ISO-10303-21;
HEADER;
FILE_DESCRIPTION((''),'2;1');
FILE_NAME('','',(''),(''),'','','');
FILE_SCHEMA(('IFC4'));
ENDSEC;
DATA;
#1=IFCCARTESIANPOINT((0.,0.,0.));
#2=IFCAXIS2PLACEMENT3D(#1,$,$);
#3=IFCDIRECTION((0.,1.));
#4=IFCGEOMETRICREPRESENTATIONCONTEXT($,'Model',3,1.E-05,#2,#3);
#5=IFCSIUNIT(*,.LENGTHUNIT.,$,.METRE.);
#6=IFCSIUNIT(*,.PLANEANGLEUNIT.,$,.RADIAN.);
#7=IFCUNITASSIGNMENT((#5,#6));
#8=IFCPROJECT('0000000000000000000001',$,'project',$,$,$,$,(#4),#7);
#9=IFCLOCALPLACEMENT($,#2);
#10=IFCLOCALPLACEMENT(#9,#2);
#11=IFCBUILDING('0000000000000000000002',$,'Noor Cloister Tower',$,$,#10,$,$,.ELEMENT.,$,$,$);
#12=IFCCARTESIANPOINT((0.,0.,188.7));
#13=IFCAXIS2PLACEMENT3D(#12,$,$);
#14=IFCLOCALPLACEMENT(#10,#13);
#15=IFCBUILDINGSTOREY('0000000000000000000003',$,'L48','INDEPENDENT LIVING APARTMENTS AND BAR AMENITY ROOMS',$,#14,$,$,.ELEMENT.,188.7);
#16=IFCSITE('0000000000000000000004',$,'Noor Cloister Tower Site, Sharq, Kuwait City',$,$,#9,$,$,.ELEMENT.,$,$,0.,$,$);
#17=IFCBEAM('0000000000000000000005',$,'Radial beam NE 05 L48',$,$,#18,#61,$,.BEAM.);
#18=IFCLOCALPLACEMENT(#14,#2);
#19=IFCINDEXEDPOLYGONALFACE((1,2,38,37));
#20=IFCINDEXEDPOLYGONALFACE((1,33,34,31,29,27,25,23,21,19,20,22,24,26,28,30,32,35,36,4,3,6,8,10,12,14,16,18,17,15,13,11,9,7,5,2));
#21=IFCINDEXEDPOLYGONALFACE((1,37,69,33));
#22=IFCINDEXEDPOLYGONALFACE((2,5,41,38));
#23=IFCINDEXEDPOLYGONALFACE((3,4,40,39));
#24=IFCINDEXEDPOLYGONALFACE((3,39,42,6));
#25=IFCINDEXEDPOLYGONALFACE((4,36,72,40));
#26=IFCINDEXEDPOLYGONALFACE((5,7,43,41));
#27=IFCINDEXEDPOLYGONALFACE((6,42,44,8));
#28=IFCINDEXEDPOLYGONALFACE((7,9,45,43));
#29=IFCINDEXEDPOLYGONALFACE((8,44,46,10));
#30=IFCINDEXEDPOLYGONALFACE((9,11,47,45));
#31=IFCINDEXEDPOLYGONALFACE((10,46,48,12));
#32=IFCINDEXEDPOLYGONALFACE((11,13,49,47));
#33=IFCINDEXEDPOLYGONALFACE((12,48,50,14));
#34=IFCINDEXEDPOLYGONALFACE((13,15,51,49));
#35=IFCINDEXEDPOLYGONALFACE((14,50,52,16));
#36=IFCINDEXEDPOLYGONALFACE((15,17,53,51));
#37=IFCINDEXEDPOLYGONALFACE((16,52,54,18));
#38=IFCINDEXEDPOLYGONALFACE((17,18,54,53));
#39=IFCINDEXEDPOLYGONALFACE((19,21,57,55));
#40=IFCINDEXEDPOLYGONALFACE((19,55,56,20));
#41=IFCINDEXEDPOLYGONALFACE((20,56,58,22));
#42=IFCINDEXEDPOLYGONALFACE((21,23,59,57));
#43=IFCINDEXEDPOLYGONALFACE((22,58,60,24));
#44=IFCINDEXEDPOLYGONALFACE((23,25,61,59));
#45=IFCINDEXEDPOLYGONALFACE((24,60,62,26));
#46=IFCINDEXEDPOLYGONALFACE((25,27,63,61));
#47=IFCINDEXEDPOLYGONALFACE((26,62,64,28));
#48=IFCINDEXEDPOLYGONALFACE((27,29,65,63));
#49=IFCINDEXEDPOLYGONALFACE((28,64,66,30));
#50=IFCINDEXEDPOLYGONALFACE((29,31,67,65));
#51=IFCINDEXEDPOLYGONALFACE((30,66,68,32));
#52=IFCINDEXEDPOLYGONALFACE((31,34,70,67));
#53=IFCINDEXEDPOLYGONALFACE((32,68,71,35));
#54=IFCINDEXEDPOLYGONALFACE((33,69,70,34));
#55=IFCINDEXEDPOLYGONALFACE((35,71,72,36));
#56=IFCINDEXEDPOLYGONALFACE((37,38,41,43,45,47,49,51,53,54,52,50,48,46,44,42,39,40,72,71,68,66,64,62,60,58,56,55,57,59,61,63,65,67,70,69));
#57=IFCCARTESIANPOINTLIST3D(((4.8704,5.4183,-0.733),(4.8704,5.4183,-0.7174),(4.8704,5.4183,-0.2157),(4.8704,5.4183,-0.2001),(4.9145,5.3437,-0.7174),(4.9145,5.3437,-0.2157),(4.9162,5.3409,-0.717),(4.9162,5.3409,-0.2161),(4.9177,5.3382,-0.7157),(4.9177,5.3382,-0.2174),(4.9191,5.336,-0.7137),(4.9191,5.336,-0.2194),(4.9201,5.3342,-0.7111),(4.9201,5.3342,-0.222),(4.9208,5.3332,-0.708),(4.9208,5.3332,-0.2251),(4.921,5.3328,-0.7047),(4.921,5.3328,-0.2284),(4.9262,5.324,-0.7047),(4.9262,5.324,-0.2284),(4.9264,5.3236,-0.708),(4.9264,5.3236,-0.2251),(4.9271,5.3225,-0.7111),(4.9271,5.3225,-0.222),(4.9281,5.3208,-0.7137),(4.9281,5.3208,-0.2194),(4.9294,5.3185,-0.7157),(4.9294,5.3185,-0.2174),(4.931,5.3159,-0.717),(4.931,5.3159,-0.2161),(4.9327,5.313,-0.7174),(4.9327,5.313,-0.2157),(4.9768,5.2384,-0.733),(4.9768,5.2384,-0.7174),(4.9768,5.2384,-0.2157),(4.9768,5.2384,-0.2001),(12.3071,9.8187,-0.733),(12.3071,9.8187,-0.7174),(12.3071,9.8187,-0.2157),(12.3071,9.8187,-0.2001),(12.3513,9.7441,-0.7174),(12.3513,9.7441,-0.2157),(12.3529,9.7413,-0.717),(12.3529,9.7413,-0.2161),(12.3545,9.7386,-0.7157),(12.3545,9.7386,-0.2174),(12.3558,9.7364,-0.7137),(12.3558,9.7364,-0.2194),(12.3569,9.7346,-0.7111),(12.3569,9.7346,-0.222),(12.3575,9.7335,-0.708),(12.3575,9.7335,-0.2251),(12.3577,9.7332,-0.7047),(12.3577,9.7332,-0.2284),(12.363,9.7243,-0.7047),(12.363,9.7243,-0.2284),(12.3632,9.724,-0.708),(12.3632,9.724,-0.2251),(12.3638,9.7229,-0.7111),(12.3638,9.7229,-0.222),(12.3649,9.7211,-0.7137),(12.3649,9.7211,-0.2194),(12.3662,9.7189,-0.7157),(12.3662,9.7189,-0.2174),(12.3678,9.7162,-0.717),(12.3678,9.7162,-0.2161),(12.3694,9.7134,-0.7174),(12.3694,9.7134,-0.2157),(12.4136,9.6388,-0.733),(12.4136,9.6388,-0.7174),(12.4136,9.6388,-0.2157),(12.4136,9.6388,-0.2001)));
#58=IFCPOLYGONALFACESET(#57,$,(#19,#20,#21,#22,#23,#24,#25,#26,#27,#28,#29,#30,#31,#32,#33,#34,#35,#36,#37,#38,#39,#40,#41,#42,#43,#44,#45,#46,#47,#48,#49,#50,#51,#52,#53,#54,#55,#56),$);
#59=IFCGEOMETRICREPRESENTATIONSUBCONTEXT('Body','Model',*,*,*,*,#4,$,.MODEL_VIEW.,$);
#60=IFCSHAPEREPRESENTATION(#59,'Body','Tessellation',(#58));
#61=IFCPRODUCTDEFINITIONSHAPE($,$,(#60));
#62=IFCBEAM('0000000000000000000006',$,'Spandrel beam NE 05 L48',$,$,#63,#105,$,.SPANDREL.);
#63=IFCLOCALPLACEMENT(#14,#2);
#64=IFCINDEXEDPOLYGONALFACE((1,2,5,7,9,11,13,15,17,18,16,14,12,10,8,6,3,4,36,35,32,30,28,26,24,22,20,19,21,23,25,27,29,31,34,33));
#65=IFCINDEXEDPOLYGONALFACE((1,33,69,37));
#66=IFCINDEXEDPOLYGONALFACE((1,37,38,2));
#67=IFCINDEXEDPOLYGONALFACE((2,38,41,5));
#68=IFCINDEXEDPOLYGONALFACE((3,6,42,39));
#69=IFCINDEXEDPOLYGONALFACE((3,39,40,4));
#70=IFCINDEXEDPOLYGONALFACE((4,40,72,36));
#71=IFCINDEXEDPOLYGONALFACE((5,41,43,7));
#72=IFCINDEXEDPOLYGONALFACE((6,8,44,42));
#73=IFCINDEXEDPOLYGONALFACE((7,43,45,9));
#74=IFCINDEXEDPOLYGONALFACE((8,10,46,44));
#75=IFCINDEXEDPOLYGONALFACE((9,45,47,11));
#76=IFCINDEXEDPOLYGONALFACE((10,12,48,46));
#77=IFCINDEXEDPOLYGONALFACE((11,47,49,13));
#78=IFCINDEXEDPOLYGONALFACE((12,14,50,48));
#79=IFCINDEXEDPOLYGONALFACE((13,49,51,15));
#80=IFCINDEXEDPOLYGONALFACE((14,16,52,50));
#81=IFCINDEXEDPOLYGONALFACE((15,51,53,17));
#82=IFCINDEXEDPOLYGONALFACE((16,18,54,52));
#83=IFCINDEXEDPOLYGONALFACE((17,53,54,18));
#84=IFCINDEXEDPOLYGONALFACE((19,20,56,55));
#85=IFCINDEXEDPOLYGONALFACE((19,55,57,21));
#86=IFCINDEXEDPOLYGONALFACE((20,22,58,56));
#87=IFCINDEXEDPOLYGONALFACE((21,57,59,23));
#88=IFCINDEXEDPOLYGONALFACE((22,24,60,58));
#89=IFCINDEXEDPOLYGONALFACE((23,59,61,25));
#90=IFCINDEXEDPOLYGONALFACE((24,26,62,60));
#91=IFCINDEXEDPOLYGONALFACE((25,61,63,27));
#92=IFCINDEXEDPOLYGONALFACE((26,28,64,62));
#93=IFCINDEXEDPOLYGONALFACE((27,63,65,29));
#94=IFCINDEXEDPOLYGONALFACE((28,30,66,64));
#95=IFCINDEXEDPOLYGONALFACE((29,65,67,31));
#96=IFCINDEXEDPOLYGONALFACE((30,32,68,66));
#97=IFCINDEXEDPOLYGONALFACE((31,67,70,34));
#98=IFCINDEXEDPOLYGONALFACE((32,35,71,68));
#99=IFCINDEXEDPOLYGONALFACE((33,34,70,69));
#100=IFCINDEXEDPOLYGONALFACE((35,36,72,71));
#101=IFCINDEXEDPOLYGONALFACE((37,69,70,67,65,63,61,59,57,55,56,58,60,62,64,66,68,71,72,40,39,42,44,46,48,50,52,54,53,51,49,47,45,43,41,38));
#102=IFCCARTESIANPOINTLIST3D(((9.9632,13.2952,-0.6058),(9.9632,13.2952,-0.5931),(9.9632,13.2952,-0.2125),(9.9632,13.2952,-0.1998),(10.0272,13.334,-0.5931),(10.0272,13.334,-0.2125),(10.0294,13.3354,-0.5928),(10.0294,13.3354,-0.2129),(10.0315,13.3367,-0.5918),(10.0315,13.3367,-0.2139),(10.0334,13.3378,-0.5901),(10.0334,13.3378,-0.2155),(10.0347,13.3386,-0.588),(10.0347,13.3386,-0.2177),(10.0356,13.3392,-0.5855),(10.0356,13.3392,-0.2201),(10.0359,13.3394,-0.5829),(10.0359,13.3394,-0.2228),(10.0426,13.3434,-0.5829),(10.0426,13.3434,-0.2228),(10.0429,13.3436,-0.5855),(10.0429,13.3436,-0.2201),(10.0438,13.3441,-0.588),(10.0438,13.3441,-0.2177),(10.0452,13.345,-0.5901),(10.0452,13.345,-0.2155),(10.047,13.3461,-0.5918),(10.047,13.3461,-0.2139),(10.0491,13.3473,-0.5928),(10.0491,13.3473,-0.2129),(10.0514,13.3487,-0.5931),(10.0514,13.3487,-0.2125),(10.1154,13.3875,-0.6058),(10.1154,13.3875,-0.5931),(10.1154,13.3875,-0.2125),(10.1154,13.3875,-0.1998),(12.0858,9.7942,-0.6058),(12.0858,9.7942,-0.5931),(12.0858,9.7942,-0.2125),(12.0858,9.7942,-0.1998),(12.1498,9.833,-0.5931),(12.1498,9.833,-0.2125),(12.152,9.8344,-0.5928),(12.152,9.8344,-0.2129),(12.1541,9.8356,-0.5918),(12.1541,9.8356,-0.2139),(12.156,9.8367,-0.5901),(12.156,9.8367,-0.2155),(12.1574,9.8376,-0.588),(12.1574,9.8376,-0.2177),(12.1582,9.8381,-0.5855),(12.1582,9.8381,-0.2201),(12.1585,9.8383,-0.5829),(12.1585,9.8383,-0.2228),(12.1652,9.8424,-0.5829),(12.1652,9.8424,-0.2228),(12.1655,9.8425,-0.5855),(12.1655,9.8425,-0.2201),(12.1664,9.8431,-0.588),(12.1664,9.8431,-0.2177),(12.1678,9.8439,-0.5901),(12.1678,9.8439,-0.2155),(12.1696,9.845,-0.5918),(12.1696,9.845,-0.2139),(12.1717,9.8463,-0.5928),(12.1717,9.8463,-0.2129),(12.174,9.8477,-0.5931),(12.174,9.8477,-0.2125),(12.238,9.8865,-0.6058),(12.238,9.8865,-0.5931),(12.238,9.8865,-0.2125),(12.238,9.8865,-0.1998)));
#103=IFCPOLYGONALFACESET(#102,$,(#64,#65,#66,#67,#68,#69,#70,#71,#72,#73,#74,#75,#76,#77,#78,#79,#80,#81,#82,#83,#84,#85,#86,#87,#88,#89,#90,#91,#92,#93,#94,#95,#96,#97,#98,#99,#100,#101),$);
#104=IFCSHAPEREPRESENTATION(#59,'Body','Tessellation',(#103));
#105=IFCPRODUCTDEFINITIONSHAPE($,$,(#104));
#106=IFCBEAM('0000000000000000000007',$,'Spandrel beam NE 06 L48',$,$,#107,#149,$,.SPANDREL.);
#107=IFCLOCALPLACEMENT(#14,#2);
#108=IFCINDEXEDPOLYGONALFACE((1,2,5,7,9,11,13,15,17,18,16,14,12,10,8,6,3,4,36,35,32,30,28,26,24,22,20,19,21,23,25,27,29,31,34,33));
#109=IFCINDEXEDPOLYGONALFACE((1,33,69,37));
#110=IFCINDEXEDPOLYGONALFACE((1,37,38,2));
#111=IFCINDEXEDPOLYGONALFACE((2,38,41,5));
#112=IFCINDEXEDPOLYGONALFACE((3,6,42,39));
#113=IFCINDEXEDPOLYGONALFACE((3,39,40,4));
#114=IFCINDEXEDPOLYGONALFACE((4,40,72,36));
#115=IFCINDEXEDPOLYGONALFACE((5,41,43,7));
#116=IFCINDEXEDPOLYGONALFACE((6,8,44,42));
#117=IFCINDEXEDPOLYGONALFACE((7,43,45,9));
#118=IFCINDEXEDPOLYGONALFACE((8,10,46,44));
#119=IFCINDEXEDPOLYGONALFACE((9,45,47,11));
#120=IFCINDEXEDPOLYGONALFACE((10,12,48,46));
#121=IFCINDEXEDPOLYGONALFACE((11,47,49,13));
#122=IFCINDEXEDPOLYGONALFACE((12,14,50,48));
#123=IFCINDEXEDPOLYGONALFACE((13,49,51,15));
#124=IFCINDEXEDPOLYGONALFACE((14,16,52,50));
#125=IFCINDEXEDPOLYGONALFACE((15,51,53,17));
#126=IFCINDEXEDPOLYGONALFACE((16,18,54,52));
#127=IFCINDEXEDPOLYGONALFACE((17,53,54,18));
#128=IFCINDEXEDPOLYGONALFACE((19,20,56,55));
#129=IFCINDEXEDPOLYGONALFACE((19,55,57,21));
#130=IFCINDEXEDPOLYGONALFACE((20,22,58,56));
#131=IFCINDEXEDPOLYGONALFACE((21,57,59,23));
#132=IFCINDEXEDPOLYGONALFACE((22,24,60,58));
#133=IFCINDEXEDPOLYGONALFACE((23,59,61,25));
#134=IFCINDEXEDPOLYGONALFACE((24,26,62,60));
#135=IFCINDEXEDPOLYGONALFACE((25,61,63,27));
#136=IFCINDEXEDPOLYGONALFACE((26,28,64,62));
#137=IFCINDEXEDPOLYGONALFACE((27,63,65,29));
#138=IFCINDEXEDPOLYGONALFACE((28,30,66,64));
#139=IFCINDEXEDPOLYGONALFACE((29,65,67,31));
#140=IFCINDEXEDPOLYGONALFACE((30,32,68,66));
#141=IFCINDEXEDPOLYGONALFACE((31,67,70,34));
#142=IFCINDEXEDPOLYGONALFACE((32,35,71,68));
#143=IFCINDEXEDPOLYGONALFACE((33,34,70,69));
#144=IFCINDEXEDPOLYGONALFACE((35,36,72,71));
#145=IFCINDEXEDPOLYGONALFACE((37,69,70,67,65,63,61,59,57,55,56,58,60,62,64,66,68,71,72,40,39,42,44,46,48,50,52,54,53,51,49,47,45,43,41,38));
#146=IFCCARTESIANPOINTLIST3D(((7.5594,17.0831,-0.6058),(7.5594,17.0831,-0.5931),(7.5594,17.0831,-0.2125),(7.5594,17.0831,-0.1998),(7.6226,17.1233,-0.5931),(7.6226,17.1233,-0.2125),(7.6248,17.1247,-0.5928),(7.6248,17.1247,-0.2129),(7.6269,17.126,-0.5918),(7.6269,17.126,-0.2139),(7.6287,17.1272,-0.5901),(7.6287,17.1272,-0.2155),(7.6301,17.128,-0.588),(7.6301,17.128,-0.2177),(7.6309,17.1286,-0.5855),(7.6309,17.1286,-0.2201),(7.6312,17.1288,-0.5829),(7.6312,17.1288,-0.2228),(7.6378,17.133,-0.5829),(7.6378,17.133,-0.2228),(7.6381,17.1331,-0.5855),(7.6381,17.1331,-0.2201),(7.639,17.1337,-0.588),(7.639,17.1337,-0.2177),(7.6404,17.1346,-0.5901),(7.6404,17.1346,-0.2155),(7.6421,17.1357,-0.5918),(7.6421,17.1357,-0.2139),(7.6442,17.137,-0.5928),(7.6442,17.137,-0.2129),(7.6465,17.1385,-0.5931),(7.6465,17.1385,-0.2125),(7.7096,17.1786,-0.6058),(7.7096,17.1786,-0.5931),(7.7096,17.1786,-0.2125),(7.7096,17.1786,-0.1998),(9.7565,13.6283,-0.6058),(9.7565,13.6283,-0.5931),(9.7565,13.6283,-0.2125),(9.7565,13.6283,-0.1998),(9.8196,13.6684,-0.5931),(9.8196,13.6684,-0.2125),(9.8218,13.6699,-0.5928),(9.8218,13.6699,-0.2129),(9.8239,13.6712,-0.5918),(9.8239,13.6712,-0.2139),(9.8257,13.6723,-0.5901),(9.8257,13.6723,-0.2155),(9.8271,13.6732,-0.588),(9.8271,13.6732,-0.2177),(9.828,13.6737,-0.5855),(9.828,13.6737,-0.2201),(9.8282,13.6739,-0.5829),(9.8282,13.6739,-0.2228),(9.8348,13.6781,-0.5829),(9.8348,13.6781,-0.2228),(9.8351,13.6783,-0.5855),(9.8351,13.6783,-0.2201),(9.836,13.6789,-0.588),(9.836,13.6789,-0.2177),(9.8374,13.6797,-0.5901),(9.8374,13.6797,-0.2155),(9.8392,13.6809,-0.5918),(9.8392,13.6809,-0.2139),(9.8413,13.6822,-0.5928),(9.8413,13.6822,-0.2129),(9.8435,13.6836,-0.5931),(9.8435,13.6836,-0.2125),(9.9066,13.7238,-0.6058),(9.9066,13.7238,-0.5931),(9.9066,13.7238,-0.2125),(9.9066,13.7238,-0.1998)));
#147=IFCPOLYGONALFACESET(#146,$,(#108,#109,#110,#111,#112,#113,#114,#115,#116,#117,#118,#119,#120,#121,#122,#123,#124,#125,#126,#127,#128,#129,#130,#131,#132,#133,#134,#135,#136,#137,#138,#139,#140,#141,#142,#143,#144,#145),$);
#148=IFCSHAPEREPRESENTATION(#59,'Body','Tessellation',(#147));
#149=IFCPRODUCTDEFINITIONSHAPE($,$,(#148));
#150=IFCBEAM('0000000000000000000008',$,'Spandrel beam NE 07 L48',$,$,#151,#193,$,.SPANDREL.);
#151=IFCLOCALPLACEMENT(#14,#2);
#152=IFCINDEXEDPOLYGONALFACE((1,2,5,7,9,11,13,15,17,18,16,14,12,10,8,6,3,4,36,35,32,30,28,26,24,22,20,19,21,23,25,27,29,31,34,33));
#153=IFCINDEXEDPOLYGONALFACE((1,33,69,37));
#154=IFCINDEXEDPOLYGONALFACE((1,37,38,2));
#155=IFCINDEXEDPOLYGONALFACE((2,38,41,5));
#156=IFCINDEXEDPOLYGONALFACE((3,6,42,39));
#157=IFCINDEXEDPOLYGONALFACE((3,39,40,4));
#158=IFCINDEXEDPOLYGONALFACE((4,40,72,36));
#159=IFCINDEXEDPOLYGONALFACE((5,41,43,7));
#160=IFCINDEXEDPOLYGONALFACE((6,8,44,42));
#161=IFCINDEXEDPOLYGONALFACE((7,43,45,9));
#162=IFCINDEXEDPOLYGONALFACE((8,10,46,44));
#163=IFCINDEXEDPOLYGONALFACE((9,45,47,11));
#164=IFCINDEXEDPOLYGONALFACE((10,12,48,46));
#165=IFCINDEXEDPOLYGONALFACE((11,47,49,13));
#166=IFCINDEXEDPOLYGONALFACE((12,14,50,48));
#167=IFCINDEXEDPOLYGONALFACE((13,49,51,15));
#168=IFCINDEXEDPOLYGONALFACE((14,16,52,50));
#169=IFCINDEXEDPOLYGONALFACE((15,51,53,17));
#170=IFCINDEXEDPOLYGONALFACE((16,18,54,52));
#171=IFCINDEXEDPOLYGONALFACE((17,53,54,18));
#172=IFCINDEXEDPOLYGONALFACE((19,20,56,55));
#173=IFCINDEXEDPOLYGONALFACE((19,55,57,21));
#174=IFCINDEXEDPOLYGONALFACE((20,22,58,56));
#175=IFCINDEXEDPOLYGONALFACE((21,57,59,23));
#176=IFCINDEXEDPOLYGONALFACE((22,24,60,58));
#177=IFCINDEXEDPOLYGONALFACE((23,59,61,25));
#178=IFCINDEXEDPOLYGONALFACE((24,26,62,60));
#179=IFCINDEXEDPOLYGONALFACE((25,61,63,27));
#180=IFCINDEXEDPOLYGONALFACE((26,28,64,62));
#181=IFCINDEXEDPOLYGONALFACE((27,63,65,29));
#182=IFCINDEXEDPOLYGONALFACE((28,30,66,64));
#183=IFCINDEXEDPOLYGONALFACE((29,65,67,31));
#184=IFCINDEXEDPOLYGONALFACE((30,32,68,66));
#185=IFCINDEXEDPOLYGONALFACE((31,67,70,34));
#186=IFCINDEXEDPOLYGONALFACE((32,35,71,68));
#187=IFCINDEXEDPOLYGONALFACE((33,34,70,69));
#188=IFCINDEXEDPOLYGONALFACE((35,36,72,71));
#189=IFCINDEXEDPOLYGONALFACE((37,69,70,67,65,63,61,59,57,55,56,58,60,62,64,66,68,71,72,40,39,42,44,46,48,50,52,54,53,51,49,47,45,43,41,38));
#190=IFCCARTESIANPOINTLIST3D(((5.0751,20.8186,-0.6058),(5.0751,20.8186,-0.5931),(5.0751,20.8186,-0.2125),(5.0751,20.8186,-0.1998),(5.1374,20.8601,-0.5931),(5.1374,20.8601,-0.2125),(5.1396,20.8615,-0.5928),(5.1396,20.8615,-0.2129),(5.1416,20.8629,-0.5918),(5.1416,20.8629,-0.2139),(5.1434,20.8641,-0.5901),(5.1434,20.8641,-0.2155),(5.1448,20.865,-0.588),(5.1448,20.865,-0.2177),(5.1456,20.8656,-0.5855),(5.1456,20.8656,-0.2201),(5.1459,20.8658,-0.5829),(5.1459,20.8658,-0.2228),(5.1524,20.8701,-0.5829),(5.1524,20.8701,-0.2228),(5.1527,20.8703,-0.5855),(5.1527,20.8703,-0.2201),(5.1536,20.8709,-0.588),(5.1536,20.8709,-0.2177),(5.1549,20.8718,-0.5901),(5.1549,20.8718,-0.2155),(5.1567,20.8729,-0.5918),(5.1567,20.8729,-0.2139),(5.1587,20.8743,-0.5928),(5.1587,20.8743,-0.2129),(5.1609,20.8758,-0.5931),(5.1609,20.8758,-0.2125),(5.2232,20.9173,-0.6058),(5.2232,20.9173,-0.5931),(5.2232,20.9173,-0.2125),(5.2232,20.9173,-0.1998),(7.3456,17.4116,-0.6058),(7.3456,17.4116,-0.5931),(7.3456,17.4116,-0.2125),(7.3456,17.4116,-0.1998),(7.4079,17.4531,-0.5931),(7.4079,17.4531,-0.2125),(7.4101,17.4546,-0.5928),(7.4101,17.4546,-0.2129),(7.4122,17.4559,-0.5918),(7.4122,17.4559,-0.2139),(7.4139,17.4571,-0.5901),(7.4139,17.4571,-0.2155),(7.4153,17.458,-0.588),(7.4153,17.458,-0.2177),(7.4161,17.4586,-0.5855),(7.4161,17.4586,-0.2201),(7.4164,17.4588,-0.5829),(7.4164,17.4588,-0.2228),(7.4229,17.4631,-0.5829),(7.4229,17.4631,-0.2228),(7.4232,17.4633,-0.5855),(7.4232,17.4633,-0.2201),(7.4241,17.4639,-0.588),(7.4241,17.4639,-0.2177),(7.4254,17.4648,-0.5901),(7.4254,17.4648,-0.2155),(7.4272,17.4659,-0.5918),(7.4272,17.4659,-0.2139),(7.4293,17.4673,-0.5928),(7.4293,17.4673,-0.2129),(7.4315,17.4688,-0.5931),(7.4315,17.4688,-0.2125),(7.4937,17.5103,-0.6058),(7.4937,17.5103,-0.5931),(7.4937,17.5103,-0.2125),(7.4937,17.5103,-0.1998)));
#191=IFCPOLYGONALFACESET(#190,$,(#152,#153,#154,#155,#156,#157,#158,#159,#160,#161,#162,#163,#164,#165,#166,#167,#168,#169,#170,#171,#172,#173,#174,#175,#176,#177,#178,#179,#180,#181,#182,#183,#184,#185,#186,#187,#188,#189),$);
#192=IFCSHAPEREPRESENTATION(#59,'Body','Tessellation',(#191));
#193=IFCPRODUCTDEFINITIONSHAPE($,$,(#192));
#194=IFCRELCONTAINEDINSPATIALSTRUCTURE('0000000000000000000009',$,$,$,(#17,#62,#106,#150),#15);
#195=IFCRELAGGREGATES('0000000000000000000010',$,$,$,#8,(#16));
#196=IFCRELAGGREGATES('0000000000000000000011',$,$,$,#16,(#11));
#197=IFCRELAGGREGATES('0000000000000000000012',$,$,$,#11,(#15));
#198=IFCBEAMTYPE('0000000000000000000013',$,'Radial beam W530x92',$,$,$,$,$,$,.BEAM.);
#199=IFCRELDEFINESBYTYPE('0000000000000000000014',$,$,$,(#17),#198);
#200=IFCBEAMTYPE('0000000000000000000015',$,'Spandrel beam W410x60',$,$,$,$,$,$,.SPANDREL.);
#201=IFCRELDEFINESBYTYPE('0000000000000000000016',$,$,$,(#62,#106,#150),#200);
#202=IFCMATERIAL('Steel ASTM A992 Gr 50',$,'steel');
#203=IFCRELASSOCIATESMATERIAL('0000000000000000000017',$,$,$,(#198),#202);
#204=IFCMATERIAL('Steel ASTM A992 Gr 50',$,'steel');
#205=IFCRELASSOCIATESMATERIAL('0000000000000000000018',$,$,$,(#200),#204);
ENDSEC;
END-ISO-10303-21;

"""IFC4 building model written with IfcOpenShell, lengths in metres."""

from ifc_helpers import new_model, si_unit, direction, frame, origin, origin_2d, place, context, subcontext, project, spatial, i_section, extrude, material, material_profile, profile_set, type_object, element, save


model = new_model("IFC4")

# Units and contexts
model_context = context("Model", 3, precision=1e-05, world=origin(), true_north=direction((0.0, 1.0)))
body_context = subcontext(model_context, "Body", "Model", "MODEL_VIEW")
ifc_project = project(units=[si_unit("LENGTHUNIT", "METRE"), si_unit("PLANEANGLEUNIT", "RADIAN")], contexts=[model_context])

# Site, building, storey
site_placement = place(None, origin())
site = spatial("IfcSite", under=ifc_project, at=site_placement, Name="Noor Cloister Tower Site, Sharq, Kuwait City", CompositionType="ELEMENT", RefElevation=0.0)
building_placement = place(site_placement, origin())
building = spatial("IfcBuilding", under=site, at=building_placement, Name="Noor Cloister Tower", CompositionType="ELEMENT")
storey_placement = place(building_placement, frame((0.0, 0.0, 188.7)))
storey = spatial("IfcBuildingStorey", under=building, at=storey_placement, Name="L48", Description="INDEPENDENT LIVING APARTMENTS AND BAR AMENITY ROOMS", CompositionType="ELEMENT", Elevation=188.7)

# Beams
ifc_material_1 = material(Name="Steel ASTM A992 Gr 50", Category="steel")
ifc_material_profile_1 = material_profile(ifc_material_1, i_section(OverallWidth=0.209, OverallDepth=0.533, WebThickness=0.0103, FlangeThickness=0.0156, FilletRadius=0.0127, at=origin_2d()), Name="W530x92")
ifc_profile_set_1 = profile_set([ifc_material_profile_1], Name="Steel ASTM A992 Gr 50")
beam_type_1 = type_object("IfcBeamType", Name="Radial beam W530x92", PredefinedType="BEAM", material=ifc_profile_set_1)
beam_1_placement = place(storey_placement, frame((12.3604, 9.7288, -0.4666), z_axis=(-0.860625, -0.509238, 0.0), x_axis=(0.509238, -0.860625, 0.0)))
element("IfcBeam", 1, at=beam_1_placement, inside=storey, type_object=beam_type_1, Name="Radial beam NE 05 L48", PredefinedType="BEAM", context=body_context, shape_type="SweptSolid", body=[
    extrude(i_section(OverallWidth=0.209, OverallDepth=0.533, WebThickness=0.0103, FlangeThickness=0.0156, FilletRadius=0.0127, at=origin_2d()), origin(), (0.0, 0.0, 1.0), 8.6411),
])
ifc_material_2 = material(Name="Steel ASTM A992 Gr 50", Category="steel")
ifc_material_profile_2 = material_profile(ifc_material_2, i_section(OverallWidth=0.178, OverallDepth=0.406, WebThickness=0.0078, FlangeThickness=0.0127, FilletRadius=0.0103, at=origin_2d()), Name="W410x60")
ifc_profile_set_2 = profile_set([ifc_material_profile_2], Name="Steel ASTM A992 Gr 50")
beam_type_2 = type_object("IfcBeamType", Name="Spandrel beam W410x60", PredefinedType="SPANDREL", material=ifc_profile_set_2)
for number, where, z_axis, x_axis, name in (
    (2, (12.1619, 9.8403, -0.4028), (-0.518437, 0.855116, 0.0), (-0.855116, -0.518437, 0.0), "Spandrel beam NE 05 L48"),
    (3, (9.8315, 13.676, -0.4028), (-0.536613, 0.843828, 0.0), (-0.843828, -0.536613, 0.0), "Spandrel beam NE 06 L48"),
    (4, (7.4197, 17.4609, -0.4028), (-0.554563, 0.832142, 0.0), (-0.832142, -0.554563, 0.0), "Spandrel beam NE 07 L48"),
):
    element("IfcBeam", number, at=place(storey_placement, frame(where, z_axis=z_axis, x_axis=x_axis)), inside=storey, type_object=beam_type_2, Name=name, PredefinedType="SPANDREL", context=body_context, shape_type="SweptSolid", body=[
        extrude(i_section(OverallWidth=0.178, OverallDepth=0.406, WebThickness=0.0078, FlangeThickness=0.0127, FilletRadius=0.0103, at=origin_2d()), origin(), (0.0, 0.0, 1.0), 4.0942),
    ])

save(model, "model.ifc")
